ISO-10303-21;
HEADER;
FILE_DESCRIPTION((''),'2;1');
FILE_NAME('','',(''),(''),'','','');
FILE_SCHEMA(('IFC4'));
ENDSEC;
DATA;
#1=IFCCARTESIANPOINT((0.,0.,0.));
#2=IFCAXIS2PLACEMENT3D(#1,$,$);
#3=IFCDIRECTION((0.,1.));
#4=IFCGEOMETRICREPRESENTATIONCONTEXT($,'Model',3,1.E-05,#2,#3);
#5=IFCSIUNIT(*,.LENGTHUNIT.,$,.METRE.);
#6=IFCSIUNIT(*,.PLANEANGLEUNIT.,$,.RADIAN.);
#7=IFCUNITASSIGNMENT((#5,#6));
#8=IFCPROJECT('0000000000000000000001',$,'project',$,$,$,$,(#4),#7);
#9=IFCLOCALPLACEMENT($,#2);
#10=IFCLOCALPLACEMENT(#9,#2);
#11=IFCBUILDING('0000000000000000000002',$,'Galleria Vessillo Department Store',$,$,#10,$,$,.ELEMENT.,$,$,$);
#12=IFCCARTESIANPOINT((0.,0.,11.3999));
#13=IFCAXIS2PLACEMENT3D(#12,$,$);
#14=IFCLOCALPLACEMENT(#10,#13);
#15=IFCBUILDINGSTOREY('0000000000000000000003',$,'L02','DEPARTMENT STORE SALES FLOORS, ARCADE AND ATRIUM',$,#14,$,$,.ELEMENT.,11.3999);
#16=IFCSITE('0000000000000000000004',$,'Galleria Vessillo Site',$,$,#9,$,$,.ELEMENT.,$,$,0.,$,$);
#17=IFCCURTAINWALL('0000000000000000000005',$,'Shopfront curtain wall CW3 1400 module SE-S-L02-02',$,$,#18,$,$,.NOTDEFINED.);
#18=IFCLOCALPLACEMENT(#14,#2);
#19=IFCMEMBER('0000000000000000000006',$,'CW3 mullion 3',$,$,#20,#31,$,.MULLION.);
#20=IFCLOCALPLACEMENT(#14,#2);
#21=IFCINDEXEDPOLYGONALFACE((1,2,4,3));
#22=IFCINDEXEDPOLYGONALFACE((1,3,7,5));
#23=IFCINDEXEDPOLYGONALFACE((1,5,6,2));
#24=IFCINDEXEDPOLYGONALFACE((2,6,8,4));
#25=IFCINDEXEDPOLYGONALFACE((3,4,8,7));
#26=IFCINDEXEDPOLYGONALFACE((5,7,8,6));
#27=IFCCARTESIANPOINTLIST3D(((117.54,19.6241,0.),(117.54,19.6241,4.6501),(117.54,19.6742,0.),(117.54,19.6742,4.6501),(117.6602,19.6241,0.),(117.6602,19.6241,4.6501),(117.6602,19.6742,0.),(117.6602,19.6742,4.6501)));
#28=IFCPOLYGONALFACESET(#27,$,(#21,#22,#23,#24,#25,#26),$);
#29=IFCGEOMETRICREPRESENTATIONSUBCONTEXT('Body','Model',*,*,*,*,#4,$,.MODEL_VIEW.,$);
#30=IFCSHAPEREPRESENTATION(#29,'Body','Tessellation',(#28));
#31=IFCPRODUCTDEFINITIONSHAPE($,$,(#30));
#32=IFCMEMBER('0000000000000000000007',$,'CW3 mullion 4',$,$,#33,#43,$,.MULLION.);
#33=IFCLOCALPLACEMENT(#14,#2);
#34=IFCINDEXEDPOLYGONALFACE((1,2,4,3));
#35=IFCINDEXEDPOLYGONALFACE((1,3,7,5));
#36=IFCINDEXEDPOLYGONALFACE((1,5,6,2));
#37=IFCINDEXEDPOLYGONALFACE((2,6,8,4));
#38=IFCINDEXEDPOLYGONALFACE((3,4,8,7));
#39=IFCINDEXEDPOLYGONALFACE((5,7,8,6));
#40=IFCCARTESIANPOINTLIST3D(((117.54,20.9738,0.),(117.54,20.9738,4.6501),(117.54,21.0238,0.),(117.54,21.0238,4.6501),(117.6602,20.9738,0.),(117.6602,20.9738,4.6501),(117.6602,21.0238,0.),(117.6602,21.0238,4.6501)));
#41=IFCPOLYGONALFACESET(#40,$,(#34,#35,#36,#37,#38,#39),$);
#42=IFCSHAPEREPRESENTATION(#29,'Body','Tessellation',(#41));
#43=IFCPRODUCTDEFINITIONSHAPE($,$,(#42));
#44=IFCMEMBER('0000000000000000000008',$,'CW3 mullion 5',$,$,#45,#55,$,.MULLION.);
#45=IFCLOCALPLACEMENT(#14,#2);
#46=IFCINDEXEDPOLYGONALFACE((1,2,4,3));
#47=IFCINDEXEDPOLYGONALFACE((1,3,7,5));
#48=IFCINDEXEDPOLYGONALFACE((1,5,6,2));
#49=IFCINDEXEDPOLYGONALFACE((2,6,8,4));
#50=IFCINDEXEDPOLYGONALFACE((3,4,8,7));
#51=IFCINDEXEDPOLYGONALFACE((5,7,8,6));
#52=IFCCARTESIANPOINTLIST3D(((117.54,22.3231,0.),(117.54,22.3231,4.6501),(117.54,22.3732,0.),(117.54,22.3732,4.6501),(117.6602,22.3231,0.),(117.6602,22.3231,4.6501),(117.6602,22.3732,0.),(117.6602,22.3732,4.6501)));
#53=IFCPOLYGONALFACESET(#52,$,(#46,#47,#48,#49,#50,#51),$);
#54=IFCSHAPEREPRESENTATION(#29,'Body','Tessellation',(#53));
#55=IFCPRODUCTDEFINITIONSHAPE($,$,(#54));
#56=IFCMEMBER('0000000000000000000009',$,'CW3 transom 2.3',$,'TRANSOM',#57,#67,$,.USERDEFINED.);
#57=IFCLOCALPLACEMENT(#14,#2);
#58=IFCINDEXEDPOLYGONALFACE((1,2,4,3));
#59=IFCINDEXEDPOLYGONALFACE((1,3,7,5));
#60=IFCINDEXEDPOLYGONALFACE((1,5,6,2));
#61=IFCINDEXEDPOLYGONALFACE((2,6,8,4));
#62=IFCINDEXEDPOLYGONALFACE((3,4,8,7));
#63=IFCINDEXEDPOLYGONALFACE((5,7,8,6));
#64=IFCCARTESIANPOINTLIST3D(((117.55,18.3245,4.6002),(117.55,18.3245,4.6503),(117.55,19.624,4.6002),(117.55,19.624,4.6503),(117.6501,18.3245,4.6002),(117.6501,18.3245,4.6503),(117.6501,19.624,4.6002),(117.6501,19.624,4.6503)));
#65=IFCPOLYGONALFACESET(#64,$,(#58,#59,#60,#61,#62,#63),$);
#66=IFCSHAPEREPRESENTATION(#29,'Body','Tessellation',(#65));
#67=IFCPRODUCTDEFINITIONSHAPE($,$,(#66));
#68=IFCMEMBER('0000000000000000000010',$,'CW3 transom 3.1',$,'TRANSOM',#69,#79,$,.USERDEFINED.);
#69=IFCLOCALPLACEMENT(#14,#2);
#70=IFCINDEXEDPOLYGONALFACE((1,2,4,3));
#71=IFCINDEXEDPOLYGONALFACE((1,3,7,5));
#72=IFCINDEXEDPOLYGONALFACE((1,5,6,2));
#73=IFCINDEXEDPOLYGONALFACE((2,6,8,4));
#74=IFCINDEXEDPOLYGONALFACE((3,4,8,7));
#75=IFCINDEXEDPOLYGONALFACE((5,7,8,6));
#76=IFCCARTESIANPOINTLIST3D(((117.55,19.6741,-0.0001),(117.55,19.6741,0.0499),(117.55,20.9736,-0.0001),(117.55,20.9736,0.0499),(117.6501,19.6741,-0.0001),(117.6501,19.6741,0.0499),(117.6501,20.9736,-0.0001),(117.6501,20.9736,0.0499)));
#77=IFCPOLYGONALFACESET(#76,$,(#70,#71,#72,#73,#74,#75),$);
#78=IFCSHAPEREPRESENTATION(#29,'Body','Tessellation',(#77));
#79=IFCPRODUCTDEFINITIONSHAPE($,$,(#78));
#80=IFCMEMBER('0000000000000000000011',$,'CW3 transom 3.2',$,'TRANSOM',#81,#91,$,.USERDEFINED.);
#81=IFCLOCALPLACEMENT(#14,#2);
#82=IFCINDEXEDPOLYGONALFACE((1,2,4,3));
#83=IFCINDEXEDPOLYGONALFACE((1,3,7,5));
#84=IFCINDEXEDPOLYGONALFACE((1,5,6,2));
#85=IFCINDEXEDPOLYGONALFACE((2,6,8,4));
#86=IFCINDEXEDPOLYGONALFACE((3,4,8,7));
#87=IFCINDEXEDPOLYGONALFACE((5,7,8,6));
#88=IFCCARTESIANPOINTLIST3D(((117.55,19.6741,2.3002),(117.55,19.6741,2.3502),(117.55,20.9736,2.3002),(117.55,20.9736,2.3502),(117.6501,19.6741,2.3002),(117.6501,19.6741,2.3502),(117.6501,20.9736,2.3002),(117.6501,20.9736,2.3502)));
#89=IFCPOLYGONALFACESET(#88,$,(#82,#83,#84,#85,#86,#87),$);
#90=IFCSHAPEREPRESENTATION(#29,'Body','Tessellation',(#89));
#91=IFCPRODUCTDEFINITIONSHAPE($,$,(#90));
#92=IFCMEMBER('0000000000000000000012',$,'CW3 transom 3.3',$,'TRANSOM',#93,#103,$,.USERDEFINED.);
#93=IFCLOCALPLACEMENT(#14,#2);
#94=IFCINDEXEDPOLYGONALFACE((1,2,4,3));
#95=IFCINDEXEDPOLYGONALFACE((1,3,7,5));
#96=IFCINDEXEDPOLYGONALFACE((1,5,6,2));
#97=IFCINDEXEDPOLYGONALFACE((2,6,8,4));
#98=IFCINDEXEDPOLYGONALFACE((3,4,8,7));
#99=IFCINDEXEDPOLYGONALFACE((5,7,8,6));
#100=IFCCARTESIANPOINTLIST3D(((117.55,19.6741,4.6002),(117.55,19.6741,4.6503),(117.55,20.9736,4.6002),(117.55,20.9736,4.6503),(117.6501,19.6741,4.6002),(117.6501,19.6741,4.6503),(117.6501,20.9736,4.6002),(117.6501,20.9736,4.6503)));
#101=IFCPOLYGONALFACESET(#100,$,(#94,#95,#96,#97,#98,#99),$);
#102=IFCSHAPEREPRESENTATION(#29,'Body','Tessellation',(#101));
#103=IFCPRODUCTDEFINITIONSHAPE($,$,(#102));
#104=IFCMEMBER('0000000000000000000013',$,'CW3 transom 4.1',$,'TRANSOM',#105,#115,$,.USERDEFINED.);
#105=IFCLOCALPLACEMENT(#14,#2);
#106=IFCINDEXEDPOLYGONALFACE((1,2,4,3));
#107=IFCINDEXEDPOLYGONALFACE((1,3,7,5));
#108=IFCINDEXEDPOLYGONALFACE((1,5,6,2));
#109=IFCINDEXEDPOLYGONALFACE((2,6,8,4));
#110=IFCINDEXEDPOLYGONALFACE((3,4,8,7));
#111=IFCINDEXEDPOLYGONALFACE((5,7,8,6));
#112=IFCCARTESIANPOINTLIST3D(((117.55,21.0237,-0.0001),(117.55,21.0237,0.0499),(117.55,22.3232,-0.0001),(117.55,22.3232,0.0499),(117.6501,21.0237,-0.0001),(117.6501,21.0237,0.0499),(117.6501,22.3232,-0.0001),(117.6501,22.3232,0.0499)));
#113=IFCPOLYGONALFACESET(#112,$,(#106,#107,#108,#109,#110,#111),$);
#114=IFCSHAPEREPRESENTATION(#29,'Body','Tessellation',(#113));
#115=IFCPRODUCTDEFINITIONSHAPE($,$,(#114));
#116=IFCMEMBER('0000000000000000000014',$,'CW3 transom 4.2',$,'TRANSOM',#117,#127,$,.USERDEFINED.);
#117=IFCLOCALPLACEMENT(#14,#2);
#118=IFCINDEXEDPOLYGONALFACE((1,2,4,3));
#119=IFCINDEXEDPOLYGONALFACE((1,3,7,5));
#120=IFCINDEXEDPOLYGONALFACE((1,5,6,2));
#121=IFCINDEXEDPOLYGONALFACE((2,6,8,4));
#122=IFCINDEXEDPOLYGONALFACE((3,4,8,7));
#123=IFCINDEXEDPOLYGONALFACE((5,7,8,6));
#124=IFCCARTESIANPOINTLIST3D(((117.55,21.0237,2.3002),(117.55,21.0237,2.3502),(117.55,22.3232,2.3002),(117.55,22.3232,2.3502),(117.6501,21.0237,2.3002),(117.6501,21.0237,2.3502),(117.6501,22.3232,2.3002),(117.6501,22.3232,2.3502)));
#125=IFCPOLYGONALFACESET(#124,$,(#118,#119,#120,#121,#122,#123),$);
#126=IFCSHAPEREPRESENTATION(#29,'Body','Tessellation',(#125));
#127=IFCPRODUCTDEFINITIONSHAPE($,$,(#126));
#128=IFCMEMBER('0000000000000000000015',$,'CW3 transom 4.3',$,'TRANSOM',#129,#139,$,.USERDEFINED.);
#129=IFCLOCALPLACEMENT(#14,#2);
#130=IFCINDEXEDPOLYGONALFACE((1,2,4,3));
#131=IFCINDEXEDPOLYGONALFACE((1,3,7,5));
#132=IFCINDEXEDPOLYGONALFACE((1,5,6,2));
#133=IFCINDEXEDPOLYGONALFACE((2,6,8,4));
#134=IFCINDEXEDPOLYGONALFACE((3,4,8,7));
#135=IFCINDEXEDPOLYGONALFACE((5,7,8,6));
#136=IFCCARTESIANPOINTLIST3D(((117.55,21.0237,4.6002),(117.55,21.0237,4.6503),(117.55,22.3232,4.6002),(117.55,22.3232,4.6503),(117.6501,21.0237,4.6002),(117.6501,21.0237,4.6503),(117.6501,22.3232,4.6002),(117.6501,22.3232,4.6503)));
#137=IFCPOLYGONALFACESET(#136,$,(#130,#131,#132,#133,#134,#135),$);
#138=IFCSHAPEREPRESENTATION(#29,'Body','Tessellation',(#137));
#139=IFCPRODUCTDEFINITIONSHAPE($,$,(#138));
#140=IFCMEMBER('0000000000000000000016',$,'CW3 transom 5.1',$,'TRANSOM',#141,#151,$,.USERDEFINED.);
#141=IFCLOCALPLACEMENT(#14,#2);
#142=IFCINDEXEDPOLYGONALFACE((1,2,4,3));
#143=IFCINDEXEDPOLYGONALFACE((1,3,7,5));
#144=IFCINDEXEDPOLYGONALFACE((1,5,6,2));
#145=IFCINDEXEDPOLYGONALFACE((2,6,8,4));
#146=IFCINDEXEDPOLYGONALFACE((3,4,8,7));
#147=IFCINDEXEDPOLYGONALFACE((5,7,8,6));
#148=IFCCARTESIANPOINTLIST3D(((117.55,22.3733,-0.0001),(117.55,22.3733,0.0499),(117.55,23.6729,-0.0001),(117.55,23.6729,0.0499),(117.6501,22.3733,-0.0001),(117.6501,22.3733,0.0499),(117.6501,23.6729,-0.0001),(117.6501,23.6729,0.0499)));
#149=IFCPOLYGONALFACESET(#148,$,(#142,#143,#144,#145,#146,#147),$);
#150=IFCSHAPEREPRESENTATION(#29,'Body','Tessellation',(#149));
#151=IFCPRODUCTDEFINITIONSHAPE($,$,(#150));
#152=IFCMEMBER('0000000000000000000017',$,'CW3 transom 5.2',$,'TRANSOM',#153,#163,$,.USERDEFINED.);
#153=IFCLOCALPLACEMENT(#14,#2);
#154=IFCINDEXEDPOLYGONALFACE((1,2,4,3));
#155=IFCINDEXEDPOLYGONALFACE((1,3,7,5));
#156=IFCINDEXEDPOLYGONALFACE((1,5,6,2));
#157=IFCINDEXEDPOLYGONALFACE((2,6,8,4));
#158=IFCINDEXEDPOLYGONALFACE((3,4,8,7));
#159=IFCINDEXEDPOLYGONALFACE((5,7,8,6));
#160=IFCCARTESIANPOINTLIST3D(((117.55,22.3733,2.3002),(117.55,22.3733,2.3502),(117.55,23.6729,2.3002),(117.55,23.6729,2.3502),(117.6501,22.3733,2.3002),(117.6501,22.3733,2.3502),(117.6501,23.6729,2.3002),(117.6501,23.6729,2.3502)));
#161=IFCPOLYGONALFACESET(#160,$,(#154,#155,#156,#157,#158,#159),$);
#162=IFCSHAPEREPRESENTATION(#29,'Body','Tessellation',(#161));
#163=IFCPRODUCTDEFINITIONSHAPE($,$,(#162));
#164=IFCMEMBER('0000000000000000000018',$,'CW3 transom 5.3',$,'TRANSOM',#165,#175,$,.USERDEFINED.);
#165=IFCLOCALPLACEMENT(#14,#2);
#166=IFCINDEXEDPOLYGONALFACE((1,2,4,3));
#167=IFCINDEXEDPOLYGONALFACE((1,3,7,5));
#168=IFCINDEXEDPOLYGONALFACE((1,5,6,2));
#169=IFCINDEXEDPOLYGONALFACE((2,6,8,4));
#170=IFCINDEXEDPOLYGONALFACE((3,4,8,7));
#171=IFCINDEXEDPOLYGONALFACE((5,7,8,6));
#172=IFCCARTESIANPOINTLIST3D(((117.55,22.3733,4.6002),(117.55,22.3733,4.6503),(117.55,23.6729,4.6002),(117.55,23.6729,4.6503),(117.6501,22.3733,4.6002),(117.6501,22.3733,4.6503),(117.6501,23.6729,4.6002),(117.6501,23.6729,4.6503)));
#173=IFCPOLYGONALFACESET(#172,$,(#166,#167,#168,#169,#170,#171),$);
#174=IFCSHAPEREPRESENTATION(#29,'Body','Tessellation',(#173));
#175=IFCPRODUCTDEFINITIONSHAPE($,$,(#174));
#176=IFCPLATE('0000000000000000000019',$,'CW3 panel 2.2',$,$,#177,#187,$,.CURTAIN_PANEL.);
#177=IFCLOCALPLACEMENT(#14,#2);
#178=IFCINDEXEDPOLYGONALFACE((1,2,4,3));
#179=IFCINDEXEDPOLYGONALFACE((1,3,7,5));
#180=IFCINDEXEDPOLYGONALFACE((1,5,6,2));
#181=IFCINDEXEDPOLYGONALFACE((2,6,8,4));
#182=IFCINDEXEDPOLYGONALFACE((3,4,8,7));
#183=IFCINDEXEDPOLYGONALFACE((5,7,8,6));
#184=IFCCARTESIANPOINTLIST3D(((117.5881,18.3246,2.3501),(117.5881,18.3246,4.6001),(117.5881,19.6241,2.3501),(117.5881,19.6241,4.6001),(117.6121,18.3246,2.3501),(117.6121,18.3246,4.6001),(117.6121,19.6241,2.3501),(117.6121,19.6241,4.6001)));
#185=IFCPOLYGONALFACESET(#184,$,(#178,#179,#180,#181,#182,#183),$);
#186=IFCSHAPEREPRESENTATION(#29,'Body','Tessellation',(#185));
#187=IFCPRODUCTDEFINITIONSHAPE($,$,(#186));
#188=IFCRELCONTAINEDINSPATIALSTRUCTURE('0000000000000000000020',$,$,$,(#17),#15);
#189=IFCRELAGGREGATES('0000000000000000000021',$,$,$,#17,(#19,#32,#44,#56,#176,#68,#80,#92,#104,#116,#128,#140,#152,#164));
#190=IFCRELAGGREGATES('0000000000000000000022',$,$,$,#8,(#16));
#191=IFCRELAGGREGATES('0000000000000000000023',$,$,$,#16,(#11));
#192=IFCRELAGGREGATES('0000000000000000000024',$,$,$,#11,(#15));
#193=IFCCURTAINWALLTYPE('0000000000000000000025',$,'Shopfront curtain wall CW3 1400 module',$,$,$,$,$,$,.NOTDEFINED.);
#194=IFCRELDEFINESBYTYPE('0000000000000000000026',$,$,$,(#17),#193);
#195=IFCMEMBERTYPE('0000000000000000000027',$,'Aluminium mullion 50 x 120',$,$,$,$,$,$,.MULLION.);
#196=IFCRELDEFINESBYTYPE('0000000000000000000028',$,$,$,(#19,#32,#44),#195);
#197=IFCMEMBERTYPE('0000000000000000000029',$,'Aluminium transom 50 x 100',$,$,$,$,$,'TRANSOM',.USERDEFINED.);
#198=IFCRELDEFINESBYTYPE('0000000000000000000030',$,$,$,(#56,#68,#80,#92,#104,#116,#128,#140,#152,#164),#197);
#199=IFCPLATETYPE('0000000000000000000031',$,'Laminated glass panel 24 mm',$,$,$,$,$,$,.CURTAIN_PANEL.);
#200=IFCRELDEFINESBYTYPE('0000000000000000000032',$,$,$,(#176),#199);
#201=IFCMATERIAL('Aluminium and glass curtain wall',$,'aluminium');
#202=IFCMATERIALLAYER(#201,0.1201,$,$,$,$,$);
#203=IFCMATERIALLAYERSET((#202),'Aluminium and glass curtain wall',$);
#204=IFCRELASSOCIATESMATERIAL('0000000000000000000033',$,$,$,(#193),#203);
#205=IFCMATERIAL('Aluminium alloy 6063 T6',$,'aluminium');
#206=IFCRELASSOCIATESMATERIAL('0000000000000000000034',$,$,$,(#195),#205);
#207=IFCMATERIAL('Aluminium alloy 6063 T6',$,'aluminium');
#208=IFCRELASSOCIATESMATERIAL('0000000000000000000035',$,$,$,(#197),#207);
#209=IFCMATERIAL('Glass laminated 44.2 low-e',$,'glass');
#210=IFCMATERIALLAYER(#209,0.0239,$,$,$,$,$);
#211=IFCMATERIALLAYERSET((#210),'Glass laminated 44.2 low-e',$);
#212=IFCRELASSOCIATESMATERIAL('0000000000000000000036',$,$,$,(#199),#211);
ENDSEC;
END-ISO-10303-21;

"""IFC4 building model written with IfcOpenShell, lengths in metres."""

from ifc_helpers import new_model, si_unit, direction, frame, origin, origin_2d, place, context, subcontext, project, spatial, rectangle, extrude, material, layer, layer_set, material_profile, profile_set, type_object, element, aggregate, save


model = new_model("IFC4")

# Units and contexts
model_context = context("Model", 3, precision=1e-05, world=origin(), true_north=direction((0.0, 1.0)))
body_context = subcontext(model_context, "Body", "Model", "MODEL_VIEW")
ifc_project = project(units=[si_unit("LENGTHUNIT", "METRE"), si_unit("PLANEANGLEUNIT", "RADIAN")], contexts=[model_context])

# Site, building, storey
site_placement = place(None, origin())
site = spatial("IfcSite", under=ifc_project, at=site_placement, Name="Galleria Vessillo Site", CompositionType="ELEMENT", RefElevation=0.0)
building_placement = place(site_placement, origin())
building = spatial("IfcBuilding", under=site, at=building_placement, Name="Galleria Vessillo Department Store", CompositionType="ELEMENT")
storey_placement = place(building_placement, frame((0.0, 0.0, 11.3999)))
storey = spatial("IfcBuildingStorey", under=building, at=storey_placement, Name="L02", Description="DEPARTMENT STORE SALES FLOORS, ARCADE AND ATRIUM", CompositionType="ELEMENT", Elevation=11.3999)

# Curtain wall, members, plate
ifc_material_1 = material(Name="Aluminium and glass curtain wall", Category="aluminium")
ifc_layer_1 = layer(ifc_material_1, 0.1201)
ifc_layer_set_1 = layer_set([ifc_layer_1], Name="Aluminium and glass curtain wall")
curtain_wall_type = type_object("IfcCurtainWallType", Name="Shopfront curtain wall CW3 1400 module", PredefinedType="NOTDEFINED", material=ifc_layer_set_1)
curtain_wall_placement = place(storey_placement, origin())
curtain_wall = element("IfcCurtainWall", 1, at=curtain_wall_placement, inside=storey, type_object=curtain_wall_type, Name="Shopfront curtain wall CW3 1400 module SE-S-L02-02", PredefinedType="NOTDEFINED")
ifc_material_2 = material(Name="Aluminium alloy 6063 T6", Category="aluminium")
ifc_material_profile_1 = material_profile(ifc_material_2, rectangle(XDim=0.1201, YDim=0.05, at=origin_2d()), Name="AL 50x120")
ifc_profile_set_1 = profile_set([ifc_material_profile_1], Name="Aluminium alloy 6063 T6")
member_type_1 = type_object("IfcMemberType", Name="Aluminium mullion 50 x 120", PredefinedType="MULLION", material=ifc_profile_set_1)
member_1_placement = place(storey_placement, frame((117.6001, 19.6492, 0.0), z_axis=(0.0, 0.0, 1.0), x_axis=(-1.0, 0.0, 0.0)))
member_1 = element("IfcMember", 2, at=member_1_placement, type_object=member_type_1, Name="CW3 mullion 3", PredefinedType="MULLION", context=body_context, shape_type="SweptSolid", body=[
    extrude(rectangle(XDim=0.1201, YDim=0.05, at=origin_2d()), origin(), (0.0, 0.0, 1.0), 4.6501),
])
member_2_placement = place(storey_placement, frame((117.6001, 20.9988, 0.0), z_axis=(0.0, 0.0, 1.0), x_axis=(-1.0, 0.0, 0.0)))
member_2 = element("IfcMember", 3, at=member_2_placement, type_object=member_type_1, Name="CW3 mullion 4", PredefinedType="MULLION", context=body_context, shape_type="SweptSolid", body=[
    extrude(rectangle(XDim=0.1201, YDim=0.05, at=origin_2d()), origin(), (0.0, 0.0, 1.0), 4.6501),
])
member_3_placement = place(storey_placement, frame((117.6001, 22.3481, 0.0), z_axis=(0.0, 0.0, 1.0), x_axis=(-1.0, 0.0, 0.0)))
member_3 = element("IfcMember", 4, at=member_3_placement, type_object=member_type_1, Name="CW3 mullion 5", PredefinedType="MULLION", context=body_context, shape_type="SweptSolid", body=[
    extrude(rectangle(XDim=0.1201, YDim=0.05, at=origin_2d()), origin(), (0.0, 0.0, 1.0), 4.6501),
])
ifc_material_3 = material(Name="Aluminium alloy 6063 T6", Category="aluminium")
ifc_material_profile_2 = material_profile(ifc_material_3, rectangle(XDim=0.1001, YDim=0.05, at=origin_2d()), Name="AL 50x100")
ifc_profile_set_2 = profile_set([ifc_material_profile_2], Name="Aluminium alloy 6063 T6")
member_type_2 = type_object("IfcMemberType", Name="Aluminium transom 50 x 100", ElementType="TRANSOM", PredefinedType="USERDEFINED", material=ifc_profile_set_2)
member_4_placement = place(storey_placement, frame((117.6001, 18.3245, 4.6252), z_axis=(0.0, 1.0, 0.0), x_axis=(-1.0, 0.0, 0.0)))
member_4 = element("IfcMember", 5, at=member_4_placement, type_object=member_type_2, Name="CW3 transom 2.3", ObjectType="TRANSOM", PredefinedType="USERDEFINED", context=body_context, shape_type="SweptSolid", body=[
    extrude(rectangle(XDim=0.1001, YDim=0.05, at=origin_2d()), origin(), (0.0, 0.0, 1.0), 1.2996),
])
member_5_placement = place(storey_placement, frame((117.6001, 19.6741, 0.0249), z_axis=(0.0, 1.0, 0.0), x_axis=(-1.0, 0.0, 0.0)))
member_5 = element("IfcMember", 6, at=member_5_placement, type_object=member_type_2, Name="CW3 transom 3.1", ObjectType="TRANSOM", PredefinedType="USERDEFINED", context=body_context, shape_type="SweptSolid", body=[
    extrude(rectangle(XDim=0.1001, YDim=0.05, at=origin_2d()), origin(), (0.0, 0.0, 1.0), 1.2996),
])
member_6_placement = place(storey_placement, frame((117.6001, 19.6741, 2.3252), z_axis=(0.0, 1.0, 0.0), x_axis=(-1.0, 0.0, 0.0)))
member_6 = element("IfcMember", 7, at=member_6_placement, type_object=member_type_2, Name="CW3 transom 3.2", ObjectType="TRANSOM", PredefinedType="USERDEFINED", context=body_context, shape_type="SweptSolid", body=[
    extrude(rectangle(XDim=0.1001, YDim=0.05, at=origin_2d()), origin(), (0.0, 0.0, 1.0), 1.2996),
])
member_7_placement = place(storey_placement, frame((117.6001, 19.6741, 4.6252), z_axis=(0.0, 1.0, 0.0), x_axis=(-1.0, 0.0, 0.0)))
member_7 = element("IfcMember", 8, at=member_7_placement, type_object=member_type_2, Name="CW3 transom 3.3", ObjectType="TRANSOM", PredefinedType="USERDEFINED", context=body_context, shape_type="SweptSolid", body=[
    extrude(rectangle(XDim=0.1001, YDim=0.05, at=origin_2d()), origin(), (0.0, 0.0, 1.0), 1.2996),
])
member_8_placement = place(storey_placement, frame((117.6001, 21.0237, 0.0249), z_axis=(0.0, 1.0, 0.0), x_axis=(-1.0, 0.0, 0.0)))
member_8 = element("IfcMember", 9, at=member_8_placement, type_object=member_type_2, Name="CW3 transom 4.1", ObjectType="TRANSOM", PredefinedType="USERDEFINED", context=body_context, shape_type="SweptSolid", body=[
    extrude(rectangle(XDim=0.1001, YDim=0.05, at=origin_2d()), origin(), (0.0, 0.0, 1.0), 1.2996),
])
member_9_placement = place(storey_placement, frame((117.6001, 21.0237, 2.3252), z_axis=(0.0, 1.0, 0.0), x_axis=(-1.0, 0.0, 0.0)))
member_9 = element("IfcMember", 10, at=member_9_placement, type_object=member_type_2, Name="CW3 transom 4.2", ObjectType="TRANSOM", PredefinedType="USERDEFINED", context=body_context, shape_type="SweptSolid", body=[
    extrude(rectangle(XDim=0.1001, YDim=0.05, at=origin_2d()), origin(), (0.0, 0.0, 1.0), 1.2996),
])
member_10_placement = place(storey_placement, frame((117.6001, 21.0237, 4.6252), z_axis=(0.0, 1.0, 0.0), x_axis=(-1.0, 0.0, 0.0)))
member_10 = element("IfcMember", 11, at=member_10_placement, type_object=member_type_2, Name="CW3 transom 4.3", ObjectType="TRANSOM", PredefinedType="USERDEFINED", context=body_context, shape_type="SweptSolid", body=[
    extrude(rectangle(XDim=0.1001, YDim=0.05, at=origin_2d()), origin(), (0.0, 0.0, 1.0), 1.2996),
])
member_11_placement = place(storey_placement, frame((117.6001, 22.3733, 0.0249), z_axis=(0.0, 1.0, 0.0), x_axis=(-1.0, 0.0, 0.0)))
member_11 = element("IfcMember", 12, at=member_11_placement, type_object=member_type_2, Name="CW3 transom 5.1", ObjectType="TRANSOM", PredefinedType="USERDEFINED", context=body_context, shape_type="SweptSolid", body=[
    extrude(rectangle(XDim=0.1001, YDim=0.05, at=origin_2d()), origin(), (0.0, 0.0, 1.0), 1.2996),
])
member_12_placement = place(storey_placement, frame((117.6001, 22.3733, 2.3252), z_axis=(0.0, 1.0, 0.0), x_axis=(-1.0, 0.0, 0.0)))
member_12 = element("IfcMember", 13, at=member_12_placement, type_object=member_type_2, Name="CW3 transom 5.2", ObjectType="TRANSOM", PredefinedType="USERDEFINED", context=body_context, shape_type="SweptSolid", body=[
    extrude(rectangle(XDim=0.1001, YDim=0.05, at=origin_2d()), origin(), (0.0, 0.0, 1.0), 1.2996),
])
member_13_placement = place(storey_placement, frame((117.6001, 22.3733, 4.6252), z_axis=(0.0, 1.0, 0.0), x_axis=(-1.0, 0.0, 0.0)))
member_13 = element("IfcMember", 14, at=member_13_placement, type_object=member_type_2, Name="CW3 transom 5.3", ObjectType="TRANSOM", PredefinedType="USERDEFINED", context=body_context, shape_type="SweptSolid", body=[
    extrude(rectangle(XDim=0.1001, YDim=0.05, at=origin_2d()), origin(), (0.0, 0.0, 1.0), 1.2996),
])
ifc_material_4 = material(Name="Glass laminated 44.2 low-e", Category="glass")
ifc_layer_2 = layer(ifc_material_4, 0.0239)
ifc_layer_set_2 = layer_set([ifc_layer_2], Name="Glass laminated 44.2 low-e")
plate_type_1 = type_object("IfcPlateType", Name="Laminated glass panel 24 mm", PredefinedType="CURTAIN_PANEL", material=ifc_layer_set_2)
plate_1_placement = place(storey_placement, frame((117.6001, 18.9744, 2.3501), z_axis=(0.0, 0.0, 1.0), x_axis=(0.0, 1.0, 0.0)))
plate_1 = element("IfcPlate", 15, at=plate_1_placement, type_object=plate_type_1, Name="CW3 panel 2.2", PredefinedType="CURTAIN_PANEL", context=body_context, shape_type="SweptSolid", body=[
    extrude(rectangle(XDim=1.2996, YDim=0.0239, at=origin_2d()), origin(), (0.0, 0.0, 1.0), 2.25),
])
aggregate(curtain_wall, [member_1, member_2, member_3, member_4, plate_1, member_5, member_6, member_7, member_8, member_9, member_10, member_11, member_12, member_13])

save(model, "model.ifc")
